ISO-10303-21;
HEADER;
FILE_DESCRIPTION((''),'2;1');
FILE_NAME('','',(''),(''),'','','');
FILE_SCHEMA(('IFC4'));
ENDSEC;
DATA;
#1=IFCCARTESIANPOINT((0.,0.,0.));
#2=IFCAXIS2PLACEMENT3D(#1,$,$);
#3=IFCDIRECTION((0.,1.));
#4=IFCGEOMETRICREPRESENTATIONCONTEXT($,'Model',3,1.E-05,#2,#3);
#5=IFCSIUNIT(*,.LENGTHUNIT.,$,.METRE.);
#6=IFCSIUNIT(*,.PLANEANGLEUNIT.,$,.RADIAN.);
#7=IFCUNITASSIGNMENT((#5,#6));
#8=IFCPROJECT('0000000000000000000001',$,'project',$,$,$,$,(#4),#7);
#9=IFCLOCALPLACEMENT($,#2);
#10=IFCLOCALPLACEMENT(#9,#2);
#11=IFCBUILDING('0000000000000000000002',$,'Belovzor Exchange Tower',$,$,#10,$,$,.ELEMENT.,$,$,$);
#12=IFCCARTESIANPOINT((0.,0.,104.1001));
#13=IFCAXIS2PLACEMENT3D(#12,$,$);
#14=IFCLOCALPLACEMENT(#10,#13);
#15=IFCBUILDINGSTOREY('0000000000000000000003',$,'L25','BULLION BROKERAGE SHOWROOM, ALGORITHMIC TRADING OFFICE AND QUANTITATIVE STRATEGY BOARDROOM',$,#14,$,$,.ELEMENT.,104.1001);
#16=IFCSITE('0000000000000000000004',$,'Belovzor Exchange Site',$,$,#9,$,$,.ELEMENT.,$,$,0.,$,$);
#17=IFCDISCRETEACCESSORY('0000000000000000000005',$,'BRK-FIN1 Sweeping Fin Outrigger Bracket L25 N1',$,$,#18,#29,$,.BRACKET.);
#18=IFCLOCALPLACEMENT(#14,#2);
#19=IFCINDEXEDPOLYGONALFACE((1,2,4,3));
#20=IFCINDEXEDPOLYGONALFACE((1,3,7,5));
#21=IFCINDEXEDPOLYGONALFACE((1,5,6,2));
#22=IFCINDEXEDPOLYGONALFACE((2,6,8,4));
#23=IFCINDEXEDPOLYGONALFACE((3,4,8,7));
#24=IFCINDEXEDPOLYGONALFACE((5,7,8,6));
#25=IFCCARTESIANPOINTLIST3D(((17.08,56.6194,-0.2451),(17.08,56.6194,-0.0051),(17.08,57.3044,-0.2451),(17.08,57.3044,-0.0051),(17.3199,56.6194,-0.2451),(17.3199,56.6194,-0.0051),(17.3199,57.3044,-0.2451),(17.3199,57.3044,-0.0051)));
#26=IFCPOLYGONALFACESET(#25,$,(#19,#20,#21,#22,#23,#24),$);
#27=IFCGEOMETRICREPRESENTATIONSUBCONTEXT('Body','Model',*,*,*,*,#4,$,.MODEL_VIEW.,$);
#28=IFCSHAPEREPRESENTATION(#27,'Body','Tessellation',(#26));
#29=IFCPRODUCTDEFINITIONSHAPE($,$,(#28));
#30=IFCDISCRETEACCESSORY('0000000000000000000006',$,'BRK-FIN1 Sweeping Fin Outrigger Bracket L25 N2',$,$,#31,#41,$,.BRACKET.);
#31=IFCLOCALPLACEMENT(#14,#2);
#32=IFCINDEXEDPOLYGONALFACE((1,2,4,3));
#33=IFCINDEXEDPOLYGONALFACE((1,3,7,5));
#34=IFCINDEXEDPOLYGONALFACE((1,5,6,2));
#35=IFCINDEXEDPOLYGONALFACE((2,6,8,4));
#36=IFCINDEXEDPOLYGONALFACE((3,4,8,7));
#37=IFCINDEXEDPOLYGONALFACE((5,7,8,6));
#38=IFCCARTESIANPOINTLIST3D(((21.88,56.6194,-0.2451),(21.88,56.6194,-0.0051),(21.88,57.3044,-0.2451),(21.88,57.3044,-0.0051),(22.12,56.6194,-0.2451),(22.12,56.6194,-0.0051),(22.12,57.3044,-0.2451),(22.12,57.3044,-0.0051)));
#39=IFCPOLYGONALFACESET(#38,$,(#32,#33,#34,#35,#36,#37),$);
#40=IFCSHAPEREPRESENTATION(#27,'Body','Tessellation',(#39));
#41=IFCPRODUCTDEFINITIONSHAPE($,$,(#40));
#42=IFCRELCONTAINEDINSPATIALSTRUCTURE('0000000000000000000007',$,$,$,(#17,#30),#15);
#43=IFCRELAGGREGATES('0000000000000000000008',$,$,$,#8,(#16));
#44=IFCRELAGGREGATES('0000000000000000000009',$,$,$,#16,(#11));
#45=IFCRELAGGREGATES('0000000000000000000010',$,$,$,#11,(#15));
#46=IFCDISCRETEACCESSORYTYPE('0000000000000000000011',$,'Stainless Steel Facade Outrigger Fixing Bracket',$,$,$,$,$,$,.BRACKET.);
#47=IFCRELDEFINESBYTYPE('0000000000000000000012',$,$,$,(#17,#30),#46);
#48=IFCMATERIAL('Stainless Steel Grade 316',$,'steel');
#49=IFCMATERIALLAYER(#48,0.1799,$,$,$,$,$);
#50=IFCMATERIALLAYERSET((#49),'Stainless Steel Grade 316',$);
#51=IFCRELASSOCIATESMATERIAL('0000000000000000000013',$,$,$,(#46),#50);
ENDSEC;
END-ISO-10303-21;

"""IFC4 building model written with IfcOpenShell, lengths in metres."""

from ifc_helpers import new_model, si_unit, direction, frame, origin, origin_2d, place, context, subcontext, project, spatial, rectangle, extrude, material, layer, layer_set, type_object, element, save


model = new_model("IFC4")

# Units and contexts
model_context = context("Model", 3, precision=1e-05, world=origin(), true_north=direction((0.0, 1.0)))
body_context = subcontext(model_context, "Body", "Model", "MODEL_VIEW")
ifc_project = project(units=[si_unit("LENGTHUNIT", "METRE"), si_unit("PLANEANGLEUNIT", "RADIAN")], contexts=[model_context])

# Site, building, storey
site_placement = place(None, origin())
site = spatial("IfcSite", under=ifc_project, at=site_placement, Name="Belovzor Exchange Site", CompositionType="ELEMENT", RefElevation=0.0)
building_placement = place(site_placement, origin())
building = spatial("IfcBuilding", under=site, at=building_placement, Name="Belovzor Exchange Tower", CompositionType="ELEMENT")
storey_placement = place(building_placement, frame((0.0, 0.0, 104.1001)))
storey = spatial("IfcBuildingStorey", under=building, at=storey_placement, Name="L25", Description="BULLION BROKERAGE SHOWROOM, ALGORITHMIC TRADING OFFICE AND QUANTITATIVE STRATEGY BOARDROOM", CompositionType="ELEMENT", Elevation=104.1001)

# Discrete accessories
ifc_material_1 = material(Name="Stainless Steel Grade 316", Category="steel")
ifc_layer_1 = layer(ifc_material_1, 0.1799)
ifc_layer_set_1 = layer_set([ifc_layer_1], Name="Stainless Steel Grade 316")
discrete_accessory_type = type_object("IfcDiscreteAccessoryType", Name="Stainless Steel Facade Outrigger Fixing Bracket", PredefinedType="BRACKET", material=ifc_layer_set_1)
for number, where, z_axis, x_axis, name in (
    (1, (17.2, 56.9619, -0.2451), (0.0, 0.0, 1.0), (0.0, 1.0, 0.0), "BRK-FIN1 Sweeping Fin Outrigger Bracket L25 N1"),
    (2, (22.0, 56.9619, -0.2451), (0.0, 0.0, 1.0), (0.0, 1.0, 0.0), "BRK-FIN1 Sweeping Fin Outrigger Bracket L25 N2"),
):
    element("IfcDiscreteAccessory", number, at=place(storey_placement, frame(where, z_axis=z_axis, x_axis=x_axis)), inside=storey, type_object=discrete_accessory_type, Name=name, PredefinedType="BRACKET", context=body_context, shape_type="SweptSolid", body=[
        extrude(rectangle(XDim=0.6851, YDim=0.24, at=origin_2d()), origin(), (0.0, 0.0, 1.0), 0.24),
    ])

save(model, "model.ifc")
